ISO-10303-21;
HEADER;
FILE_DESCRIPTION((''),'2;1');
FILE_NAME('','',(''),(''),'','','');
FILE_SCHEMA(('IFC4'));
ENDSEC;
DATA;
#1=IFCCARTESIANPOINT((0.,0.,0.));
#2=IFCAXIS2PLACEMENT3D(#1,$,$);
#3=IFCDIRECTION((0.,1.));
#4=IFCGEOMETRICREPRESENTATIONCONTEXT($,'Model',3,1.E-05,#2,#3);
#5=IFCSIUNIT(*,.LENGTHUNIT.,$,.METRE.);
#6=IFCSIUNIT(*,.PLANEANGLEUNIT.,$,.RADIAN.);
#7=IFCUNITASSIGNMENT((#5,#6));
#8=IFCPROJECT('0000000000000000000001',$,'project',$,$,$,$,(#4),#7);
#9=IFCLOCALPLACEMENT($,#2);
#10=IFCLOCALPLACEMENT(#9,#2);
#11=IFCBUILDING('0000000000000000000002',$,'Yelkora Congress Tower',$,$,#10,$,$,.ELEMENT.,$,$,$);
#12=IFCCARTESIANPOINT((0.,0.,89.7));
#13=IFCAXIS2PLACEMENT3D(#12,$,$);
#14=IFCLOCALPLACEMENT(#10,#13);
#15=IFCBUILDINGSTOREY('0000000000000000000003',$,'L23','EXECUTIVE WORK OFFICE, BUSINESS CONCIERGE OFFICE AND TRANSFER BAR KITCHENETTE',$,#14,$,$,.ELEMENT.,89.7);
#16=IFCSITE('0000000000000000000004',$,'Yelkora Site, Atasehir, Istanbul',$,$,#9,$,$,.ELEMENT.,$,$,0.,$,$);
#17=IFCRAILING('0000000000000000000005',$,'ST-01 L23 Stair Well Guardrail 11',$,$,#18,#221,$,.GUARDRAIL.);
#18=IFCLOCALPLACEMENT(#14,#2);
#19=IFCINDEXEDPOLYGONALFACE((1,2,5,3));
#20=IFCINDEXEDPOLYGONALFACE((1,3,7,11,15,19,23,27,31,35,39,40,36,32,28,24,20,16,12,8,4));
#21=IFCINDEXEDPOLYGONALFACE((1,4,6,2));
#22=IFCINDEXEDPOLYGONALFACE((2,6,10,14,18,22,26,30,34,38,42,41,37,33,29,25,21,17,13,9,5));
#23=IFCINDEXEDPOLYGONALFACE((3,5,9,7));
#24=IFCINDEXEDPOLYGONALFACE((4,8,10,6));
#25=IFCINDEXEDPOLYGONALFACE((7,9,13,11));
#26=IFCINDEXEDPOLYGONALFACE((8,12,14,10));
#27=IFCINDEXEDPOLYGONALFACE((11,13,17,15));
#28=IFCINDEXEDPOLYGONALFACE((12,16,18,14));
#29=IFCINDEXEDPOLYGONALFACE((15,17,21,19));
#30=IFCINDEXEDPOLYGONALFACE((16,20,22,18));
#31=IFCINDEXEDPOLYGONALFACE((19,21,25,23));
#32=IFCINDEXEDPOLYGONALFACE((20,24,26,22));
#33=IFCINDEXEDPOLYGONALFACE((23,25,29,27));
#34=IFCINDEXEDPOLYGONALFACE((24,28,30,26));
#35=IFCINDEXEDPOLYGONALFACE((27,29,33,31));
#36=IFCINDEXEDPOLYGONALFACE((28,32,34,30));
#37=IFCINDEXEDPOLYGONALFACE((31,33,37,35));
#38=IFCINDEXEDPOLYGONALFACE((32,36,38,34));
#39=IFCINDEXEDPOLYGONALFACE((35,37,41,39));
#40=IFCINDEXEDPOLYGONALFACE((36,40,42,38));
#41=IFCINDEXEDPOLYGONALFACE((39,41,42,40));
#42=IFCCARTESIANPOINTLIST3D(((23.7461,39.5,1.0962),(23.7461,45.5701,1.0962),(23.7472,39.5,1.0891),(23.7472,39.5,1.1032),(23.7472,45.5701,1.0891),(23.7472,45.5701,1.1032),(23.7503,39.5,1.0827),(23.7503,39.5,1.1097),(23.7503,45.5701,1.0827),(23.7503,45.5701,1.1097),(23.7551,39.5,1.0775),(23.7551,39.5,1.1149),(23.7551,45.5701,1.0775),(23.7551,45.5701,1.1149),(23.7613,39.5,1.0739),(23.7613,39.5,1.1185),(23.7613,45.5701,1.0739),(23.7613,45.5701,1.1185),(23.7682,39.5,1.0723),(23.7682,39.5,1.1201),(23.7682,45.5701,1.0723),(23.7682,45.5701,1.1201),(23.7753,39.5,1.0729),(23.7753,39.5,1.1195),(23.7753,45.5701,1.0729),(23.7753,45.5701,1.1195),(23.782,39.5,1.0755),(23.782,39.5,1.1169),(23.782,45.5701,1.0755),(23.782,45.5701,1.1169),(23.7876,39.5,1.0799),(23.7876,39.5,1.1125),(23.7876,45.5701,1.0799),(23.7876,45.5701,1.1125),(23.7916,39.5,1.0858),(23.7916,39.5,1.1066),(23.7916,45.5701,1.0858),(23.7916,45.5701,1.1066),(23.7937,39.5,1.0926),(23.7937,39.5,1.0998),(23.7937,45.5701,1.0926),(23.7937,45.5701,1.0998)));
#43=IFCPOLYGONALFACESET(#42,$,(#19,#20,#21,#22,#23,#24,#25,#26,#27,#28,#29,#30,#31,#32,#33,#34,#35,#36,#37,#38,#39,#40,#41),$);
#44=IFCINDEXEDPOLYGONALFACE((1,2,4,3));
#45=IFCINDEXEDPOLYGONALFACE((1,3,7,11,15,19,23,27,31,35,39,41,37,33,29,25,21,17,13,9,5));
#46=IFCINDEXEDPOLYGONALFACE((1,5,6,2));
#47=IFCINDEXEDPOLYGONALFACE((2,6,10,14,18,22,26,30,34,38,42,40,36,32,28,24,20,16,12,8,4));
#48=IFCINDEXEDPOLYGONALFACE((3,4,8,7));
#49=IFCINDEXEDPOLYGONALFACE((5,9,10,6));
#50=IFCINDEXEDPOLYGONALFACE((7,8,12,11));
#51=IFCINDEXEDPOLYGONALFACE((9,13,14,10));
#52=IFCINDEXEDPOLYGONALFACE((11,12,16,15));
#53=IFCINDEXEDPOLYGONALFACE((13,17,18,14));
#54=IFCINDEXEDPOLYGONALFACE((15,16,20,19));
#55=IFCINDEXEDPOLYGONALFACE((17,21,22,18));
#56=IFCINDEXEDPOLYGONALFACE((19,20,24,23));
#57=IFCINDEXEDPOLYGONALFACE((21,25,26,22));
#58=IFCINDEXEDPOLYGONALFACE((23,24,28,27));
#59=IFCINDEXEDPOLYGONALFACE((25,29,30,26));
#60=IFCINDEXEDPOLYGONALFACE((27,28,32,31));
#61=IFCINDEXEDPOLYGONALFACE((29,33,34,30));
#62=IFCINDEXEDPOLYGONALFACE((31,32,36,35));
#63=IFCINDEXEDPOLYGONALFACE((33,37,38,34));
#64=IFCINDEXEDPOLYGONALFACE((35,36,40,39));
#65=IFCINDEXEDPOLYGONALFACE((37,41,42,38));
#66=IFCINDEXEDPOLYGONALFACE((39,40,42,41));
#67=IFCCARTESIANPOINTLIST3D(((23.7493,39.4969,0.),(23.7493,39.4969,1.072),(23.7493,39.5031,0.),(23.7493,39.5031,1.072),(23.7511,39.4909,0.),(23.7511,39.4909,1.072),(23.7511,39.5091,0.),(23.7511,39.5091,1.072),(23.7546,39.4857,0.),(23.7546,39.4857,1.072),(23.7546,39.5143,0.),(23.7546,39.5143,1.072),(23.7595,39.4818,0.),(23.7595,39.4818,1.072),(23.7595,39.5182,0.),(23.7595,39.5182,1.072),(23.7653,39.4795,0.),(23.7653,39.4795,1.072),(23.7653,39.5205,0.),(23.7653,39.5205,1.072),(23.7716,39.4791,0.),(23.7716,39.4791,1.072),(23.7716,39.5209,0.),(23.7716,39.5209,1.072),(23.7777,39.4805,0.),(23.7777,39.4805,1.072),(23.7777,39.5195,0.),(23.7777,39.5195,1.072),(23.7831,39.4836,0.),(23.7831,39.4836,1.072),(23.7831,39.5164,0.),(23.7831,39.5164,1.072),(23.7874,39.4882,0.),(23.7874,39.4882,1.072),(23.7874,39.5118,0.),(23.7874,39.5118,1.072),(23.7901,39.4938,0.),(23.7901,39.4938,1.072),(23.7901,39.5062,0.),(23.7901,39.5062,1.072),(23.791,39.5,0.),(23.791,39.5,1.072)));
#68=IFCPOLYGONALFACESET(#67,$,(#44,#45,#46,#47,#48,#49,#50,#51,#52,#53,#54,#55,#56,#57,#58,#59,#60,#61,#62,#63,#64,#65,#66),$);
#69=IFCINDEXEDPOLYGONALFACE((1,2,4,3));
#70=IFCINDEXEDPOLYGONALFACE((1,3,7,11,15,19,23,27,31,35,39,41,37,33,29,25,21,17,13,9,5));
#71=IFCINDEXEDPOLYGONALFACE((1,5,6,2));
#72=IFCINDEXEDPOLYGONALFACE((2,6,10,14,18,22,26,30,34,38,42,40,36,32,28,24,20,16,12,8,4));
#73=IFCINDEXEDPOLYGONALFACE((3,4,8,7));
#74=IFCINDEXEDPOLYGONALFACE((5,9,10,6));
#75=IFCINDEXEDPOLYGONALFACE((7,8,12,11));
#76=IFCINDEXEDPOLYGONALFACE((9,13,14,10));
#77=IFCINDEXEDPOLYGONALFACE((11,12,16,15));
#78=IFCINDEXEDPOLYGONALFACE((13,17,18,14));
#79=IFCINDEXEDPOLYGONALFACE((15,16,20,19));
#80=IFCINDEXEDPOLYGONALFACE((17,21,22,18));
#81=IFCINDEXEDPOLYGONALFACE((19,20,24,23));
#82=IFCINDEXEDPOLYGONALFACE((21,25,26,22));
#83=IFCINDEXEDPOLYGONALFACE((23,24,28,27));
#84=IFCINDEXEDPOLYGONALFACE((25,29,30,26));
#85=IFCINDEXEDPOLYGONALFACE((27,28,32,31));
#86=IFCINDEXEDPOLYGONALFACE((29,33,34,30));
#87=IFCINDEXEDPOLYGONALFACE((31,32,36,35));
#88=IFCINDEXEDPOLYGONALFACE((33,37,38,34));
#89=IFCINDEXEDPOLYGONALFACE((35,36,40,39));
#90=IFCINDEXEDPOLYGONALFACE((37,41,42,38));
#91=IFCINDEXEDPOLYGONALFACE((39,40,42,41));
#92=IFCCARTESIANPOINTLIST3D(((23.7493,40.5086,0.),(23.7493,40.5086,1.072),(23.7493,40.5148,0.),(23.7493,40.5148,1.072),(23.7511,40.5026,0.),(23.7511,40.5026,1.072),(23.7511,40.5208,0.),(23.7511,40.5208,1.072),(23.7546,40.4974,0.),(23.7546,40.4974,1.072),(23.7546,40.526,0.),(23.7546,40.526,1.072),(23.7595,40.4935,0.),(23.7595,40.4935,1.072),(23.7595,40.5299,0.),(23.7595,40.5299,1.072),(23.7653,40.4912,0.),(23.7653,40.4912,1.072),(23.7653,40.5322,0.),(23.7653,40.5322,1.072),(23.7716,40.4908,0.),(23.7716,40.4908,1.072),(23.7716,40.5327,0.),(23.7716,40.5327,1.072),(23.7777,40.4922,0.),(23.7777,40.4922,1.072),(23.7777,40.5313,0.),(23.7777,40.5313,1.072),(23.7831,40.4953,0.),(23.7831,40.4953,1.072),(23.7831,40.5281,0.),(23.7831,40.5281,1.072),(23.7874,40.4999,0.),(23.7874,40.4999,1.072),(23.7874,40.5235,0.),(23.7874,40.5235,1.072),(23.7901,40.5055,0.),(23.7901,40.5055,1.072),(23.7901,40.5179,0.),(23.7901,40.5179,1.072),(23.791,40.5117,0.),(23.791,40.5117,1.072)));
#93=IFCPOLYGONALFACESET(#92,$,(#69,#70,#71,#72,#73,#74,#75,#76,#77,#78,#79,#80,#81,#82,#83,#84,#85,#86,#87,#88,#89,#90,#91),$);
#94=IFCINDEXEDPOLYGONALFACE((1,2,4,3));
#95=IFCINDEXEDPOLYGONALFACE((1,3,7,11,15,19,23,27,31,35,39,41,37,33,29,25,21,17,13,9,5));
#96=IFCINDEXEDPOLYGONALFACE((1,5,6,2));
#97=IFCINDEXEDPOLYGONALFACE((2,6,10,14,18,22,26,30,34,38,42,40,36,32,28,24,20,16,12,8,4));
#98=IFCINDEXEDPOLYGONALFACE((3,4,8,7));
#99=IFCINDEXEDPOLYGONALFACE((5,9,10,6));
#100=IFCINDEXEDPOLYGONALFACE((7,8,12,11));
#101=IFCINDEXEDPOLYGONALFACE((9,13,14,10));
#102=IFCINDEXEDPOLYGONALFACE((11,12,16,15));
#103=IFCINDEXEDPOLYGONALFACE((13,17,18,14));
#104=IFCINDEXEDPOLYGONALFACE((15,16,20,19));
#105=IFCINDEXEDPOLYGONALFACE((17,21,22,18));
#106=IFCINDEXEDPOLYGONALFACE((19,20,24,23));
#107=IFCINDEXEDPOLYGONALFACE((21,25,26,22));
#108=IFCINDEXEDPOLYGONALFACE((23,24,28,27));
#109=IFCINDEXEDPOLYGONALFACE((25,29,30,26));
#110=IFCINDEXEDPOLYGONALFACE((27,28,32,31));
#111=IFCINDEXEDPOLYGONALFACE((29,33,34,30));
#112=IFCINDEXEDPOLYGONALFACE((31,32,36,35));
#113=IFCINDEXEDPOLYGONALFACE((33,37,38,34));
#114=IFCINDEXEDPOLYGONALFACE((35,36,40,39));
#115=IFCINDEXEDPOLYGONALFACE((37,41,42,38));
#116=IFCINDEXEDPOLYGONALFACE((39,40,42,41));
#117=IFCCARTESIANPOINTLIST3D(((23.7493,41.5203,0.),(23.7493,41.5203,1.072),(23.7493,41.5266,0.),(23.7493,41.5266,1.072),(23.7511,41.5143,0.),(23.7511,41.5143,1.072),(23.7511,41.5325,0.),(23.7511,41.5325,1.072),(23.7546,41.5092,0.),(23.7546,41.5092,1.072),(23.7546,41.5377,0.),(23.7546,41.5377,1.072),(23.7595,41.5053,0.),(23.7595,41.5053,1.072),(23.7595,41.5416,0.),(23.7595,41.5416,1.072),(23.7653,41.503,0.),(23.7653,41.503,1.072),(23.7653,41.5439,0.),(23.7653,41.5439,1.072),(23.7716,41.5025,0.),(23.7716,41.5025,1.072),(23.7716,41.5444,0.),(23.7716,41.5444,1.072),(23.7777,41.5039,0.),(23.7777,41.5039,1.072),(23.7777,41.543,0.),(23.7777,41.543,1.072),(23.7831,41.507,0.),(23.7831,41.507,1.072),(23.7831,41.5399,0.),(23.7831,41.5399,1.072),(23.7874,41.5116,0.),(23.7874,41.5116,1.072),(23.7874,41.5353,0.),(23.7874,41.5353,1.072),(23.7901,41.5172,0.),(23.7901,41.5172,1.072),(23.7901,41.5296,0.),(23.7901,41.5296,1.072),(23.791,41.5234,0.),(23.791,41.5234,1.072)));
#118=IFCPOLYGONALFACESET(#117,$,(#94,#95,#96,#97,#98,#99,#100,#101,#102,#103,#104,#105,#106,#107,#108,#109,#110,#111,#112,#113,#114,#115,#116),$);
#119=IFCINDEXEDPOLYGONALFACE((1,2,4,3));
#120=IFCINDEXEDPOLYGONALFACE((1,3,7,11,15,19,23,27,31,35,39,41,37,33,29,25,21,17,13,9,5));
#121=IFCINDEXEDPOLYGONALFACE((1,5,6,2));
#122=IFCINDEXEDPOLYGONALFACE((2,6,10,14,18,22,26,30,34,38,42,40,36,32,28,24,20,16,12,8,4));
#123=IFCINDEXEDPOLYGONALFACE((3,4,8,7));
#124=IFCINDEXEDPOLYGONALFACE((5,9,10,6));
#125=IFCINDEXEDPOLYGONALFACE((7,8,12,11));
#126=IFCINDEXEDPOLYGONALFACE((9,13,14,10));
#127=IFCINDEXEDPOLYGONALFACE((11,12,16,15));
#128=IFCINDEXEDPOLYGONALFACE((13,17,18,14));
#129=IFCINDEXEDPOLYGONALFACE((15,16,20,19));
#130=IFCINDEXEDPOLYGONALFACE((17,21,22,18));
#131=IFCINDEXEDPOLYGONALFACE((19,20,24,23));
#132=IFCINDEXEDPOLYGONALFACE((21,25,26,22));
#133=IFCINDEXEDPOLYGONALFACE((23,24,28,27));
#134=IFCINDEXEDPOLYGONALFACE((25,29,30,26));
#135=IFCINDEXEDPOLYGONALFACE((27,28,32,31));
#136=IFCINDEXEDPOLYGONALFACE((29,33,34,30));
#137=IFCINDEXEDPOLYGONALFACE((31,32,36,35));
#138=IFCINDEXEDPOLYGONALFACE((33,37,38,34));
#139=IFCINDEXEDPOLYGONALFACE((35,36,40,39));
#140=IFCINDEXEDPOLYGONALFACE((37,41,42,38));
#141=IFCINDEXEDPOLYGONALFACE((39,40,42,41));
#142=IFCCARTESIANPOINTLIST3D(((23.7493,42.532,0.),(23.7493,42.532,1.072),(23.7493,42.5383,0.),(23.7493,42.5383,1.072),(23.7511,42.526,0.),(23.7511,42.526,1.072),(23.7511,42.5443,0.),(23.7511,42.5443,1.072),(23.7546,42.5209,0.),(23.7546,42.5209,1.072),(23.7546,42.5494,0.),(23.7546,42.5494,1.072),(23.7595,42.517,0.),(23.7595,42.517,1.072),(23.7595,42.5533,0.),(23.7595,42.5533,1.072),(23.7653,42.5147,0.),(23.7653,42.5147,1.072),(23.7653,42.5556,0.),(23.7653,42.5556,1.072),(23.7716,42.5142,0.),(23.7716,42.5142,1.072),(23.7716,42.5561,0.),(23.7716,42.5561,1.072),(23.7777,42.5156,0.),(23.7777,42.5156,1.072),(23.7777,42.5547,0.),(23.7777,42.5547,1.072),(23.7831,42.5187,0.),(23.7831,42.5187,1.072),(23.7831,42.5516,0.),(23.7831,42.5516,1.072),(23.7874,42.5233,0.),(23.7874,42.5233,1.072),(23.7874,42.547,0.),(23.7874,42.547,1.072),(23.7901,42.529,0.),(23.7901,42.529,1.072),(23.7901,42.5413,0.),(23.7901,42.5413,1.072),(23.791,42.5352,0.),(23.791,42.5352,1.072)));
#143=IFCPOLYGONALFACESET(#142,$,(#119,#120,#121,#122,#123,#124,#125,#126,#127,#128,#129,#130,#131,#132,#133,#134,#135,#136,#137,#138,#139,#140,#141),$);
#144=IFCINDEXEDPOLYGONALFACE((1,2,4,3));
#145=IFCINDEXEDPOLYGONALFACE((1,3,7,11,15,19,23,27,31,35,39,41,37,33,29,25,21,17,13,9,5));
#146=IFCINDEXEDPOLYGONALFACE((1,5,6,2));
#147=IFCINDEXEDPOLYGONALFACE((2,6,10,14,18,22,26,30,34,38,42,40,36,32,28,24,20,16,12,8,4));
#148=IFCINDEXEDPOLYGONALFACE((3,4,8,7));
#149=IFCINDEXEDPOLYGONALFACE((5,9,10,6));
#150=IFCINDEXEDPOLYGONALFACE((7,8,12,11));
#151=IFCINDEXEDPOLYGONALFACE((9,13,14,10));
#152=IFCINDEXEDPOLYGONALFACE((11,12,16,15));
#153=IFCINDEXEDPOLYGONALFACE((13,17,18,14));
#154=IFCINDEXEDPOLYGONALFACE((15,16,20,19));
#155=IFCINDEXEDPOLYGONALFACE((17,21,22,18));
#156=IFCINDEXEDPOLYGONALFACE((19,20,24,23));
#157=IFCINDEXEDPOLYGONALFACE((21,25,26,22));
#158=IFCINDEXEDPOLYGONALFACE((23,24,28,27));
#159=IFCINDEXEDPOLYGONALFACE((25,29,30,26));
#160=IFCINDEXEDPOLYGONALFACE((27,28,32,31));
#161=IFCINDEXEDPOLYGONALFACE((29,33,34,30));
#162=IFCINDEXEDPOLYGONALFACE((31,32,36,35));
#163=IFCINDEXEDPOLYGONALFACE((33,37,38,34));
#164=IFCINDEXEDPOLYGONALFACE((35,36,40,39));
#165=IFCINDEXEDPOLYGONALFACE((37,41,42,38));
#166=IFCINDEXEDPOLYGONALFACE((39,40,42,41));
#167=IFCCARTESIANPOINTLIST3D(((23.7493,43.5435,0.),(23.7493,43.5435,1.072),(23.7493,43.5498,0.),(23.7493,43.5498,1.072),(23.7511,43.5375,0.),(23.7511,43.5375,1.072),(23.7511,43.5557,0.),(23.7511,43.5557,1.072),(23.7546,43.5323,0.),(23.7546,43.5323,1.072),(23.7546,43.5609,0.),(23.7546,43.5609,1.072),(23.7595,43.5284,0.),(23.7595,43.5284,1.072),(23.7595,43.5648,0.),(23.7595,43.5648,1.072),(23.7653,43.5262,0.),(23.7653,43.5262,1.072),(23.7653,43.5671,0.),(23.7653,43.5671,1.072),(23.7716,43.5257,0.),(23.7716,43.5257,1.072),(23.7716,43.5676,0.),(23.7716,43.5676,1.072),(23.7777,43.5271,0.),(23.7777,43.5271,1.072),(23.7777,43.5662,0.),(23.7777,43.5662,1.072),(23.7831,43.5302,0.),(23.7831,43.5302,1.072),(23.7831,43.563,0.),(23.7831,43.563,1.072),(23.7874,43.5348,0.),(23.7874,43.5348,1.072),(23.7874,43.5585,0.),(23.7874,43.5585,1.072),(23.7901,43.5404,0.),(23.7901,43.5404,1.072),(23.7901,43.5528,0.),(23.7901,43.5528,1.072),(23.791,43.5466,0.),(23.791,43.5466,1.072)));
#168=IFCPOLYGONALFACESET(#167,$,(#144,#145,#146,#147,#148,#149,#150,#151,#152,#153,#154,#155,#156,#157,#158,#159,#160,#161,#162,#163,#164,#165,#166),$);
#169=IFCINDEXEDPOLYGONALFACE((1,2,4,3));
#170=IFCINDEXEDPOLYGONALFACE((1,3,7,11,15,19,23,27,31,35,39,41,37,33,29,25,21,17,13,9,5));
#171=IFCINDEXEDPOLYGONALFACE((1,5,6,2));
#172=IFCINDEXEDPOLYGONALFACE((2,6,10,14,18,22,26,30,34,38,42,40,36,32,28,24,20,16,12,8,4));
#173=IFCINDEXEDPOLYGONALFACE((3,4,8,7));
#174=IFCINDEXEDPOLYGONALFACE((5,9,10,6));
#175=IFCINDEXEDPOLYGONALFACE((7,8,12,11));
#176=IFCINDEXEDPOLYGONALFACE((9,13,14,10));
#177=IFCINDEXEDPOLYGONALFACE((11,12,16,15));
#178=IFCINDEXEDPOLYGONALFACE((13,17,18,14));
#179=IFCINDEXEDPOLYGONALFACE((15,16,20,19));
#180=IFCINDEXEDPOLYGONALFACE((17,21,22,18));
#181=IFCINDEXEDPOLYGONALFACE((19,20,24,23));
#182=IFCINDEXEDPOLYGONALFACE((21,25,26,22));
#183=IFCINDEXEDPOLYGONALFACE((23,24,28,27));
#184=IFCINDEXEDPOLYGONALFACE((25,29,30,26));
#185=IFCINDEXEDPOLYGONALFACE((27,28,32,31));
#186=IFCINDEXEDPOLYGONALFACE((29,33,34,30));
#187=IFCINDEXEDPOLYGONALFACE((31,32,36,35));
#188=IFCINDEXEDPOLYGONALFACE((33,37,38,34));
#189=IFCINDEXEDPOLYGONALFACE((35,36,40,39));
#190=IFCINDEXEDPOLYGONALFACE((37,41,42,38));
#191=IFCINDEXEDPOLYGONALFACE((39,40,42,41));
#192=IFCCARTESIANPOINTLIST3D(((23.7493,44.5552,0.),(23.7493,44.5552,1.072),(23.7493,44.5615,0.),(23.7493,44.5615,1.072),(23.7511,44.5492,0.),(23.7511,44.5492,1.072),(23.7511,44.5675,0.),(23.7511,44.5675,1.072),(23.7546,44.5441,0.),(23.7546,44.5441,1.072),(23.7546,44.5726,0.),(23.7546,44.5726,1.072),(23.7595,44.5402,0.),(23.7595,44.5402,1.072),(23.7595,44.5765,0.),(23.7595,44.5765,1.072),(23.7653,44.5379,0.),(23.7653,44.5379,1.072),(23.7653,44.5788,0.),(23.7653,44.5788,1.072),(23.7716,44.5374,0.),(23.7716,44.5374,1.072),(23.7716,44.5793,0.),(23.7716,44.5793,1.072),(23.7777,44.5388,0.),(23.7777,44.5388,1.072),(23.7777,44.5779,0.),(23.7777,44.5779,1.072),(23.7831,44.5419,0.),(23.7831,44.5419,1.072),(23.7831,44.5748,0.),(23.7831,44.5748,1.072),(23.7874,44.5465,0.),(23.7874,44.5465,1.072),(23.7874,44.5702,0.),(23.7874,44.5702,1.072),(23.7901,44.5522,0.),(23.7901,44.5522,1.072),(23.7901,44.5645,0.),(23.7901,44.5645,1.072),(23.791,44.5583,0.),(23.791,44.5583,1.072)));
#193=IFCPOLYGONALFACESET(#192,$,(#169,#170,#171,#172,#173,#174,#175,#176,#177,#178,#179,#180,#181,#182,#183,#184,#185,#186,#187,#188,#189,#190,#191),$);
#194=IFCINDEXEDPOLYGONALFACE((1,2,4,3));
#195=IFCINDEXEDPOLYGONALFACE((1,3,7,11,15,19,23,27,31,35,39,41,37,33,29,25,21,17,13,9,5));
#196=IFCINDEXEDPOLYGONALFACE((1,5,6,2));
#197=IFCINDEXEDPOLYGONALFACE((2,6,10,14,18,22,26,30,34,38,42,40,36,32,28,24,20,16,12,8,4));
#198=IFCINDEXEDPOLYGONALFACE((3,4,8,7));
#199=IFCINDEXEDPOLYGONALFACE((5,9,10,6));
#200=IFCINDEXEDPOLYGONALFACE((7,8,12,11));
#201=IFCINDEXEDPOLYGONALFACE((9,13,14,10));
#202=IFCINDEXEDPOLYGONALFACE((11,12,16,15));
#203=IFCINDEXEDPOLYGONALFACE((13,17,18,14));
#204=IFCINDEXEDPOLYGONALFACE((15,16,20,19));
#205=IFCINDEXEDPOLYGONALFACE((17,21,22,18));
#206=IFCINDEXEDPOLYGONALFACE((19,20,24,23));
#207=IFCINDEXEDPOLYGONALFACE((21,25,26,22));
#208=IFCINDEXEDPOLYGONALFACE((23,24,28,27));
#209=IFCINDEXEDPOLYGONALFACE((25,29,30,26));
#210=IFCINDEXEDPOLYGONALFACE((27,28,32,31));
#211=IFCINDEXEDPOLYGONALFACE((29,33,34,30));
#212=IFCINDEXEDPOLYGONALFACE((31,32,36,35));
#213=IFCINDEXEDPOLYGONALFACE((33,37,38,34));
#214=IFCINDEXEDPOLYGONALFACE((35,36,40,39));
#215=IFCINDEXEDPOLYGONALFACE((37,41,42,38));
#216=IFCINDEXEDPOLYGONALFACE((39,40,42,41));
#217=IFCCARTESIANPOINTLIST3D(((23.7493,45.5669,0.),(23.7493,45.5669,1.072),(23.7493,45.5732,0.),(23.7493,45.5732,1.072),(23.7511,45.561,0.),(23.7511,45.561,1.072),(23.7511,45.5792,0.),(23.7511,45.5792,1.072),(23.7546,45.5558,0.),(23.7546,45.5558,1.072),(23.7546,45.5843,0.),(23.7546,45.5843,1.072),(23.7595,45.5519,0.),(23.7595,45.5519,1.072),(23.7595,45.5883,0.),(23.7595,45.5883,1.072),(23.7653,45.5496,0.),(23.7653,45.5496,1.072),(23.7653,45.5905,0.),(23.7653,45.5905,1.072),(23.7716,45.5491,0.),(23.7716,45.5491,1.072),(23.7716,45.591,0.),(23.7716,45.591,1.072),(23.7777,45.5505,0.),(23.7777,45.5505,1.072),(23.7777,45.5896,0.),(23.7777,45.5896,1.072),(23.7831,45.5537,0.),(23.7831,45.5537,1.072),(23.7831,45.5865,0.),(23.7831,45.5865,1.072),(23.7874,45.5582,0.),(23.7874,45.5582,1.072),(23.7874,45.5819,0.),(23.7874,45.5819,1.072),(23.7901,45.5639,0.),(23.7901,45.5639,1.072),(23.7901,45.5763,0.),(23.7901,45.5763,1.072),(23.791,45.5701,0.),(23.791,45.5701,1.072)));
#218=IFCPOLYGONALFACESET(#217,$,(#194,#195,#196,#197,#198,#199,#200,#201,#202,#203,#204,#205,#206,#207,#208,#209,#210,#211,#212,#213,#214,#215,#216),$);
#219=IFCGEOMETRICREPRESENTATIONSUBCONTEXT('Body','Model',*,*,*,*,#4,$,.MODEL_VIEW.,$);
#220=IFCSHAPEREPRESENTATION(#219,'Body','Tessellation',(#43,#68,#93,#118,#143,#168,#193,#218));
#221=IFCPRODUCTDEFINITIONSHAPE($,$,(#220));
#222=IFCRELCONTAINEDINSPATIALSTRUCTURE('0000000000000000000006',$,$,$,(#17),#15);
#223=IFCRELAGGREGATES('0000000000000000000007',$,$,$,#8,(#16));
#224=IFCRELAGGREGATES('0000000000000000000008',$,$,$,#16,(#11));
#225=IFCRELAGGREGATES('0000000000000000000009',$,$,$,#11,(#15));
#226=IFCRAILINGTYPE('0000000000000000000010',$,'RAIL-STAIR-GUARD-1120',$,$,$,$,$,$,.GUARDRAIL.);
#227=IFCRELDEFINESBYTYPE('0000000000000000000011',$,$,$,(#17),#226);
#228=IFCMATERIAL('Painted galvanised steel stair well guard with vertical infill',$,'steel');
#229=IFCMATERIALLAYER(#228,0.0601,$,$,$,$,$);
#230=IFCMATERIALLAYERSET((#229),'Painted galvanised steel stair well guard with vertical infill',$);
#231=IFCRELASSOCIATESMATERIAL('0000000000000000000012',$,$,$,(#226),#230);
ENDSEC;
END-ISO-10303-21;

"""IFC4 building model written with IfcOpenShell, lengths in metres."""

from ifc_helpers import new_model, si_unit, direction, frame, origin, origin_2d, place, context, subcontext, project, spatial, circle, extrude, material, layer, layer_set, type_object, element, save


model = new_model("IFC4")

# Units and contexts
model_context = context("Model", 3, precision=1e-05, world=origin(), true_north=direction((0.0, 1.0)))
body_context = subcontext(model_context, "Body", "Model", "MODEL_VIEW")
ifc_project = project(units=[si_unit("LENGTHUNIT", "METRE"), si_unit("PLANEANGLEUNIT", "RADIAN")], contexts=[model_context])

# Site, building, storey
site_placement = place(None, origin())
site = spatial("IfcSite", under=ifc_project, at=site_placement, Name="Yelkora Site, Atasehir, Istanbul", CompositionType="ELEMENT", RefElevation=0.0)
building_placement = place(site_placement, origin())
building = spatial("IfcBuilding", under=site, at=building_placement, Name="Yelkora Congress Tower", CompositionType="ELEMENT")
storey_placement = place(building_placement, frame((0.0, 0.0, 89.7)))
storey = spatial("IfcBuildingStorey", under=building, at=storey_placement, Name="L23", Description="EXECUTIVE WORK OFFICE, BUSINESS CONCIERGE OFFICE AND TRANSFER BAR KITCHENETTE", CompositionType="ELEMENT", Elevation=89.7)

# Railing
ifc_material_1 = material(Name="Painted galvanised steel stair well guard with vertical infill", Category="steel")
ifc_layer_1 = layer(ifc_material_1, 0.0601)
ifc_layer_set_1 = layer_set([ifc_layer_1], Name="Painted galvanised steel stair well guard with vertical infill")
railing_type_1 = type_object("IfcRailingType", Name="RAIL-STAIR-GUARD-1120", PredefinedType="GUARDRAIL", material=ifc_layer_set_1)
railing_1_placement = place(storey_placement, frame((23.77, 39.5, 0.0)))
element("IfcRailing", 1, at=railing_1_placement, inside=storey, type_object=railing_type_1, Name="ST-01 L23 Stair Well Guardrail 11", PredefinedType="GUARDRAIL", context=body_context, shape_type="SweptSolid", body=[
    extrude(circle(Radius=0.0239, at=origin_2d()), frame((0.0, 0.0, 1.0962), z_axis=(0.0, 1.0, 0.0), x_axis=(-1.0, 0.0, 0.0)), (0.0, 0.0, 1.0), 6.0701),
    extrude(circle(Radius=0.021, at=origin_2d()), origin(), (0.0, 0.0, 1.0), 1.072),
    extrude(circle(Radius=0.021, at=origin_2d()), frame((0.0, 1.0117, 0.0)), (0.0, 0.0, 1.0), 1.072),
    extrude(circle(Radius=0.021, at=origin_2d()), frame((0.0, 2.0234, 0.0)), (0.0, 0.0, 1.0), 1.072),
    extrude(circle(Radius=0.021, at=origin_2d()), frame((0.0, 3.0352, 0.0)), (0.0, 0.0, 1.0), 1.072),
    extrude(circle(Radius=0.021, at=origin_2d()), frame((0.0, 4.0466, 0.0)), (0.0, 0.0, 1.0), 1.072),
    extrude(circle(Radius=0.021, at=origin_2d()), frame((0.0, 5.0583, 0.0)), (0.0, 0.0, 1.0), 1.072),
    extrude(circle(Radius=0.021, at=origin_2d()), frame((0.0, 6.0701, 0.0)), (0.0, 0.0, 1.0), 1.072),
])

save(model, "model.ifc")
